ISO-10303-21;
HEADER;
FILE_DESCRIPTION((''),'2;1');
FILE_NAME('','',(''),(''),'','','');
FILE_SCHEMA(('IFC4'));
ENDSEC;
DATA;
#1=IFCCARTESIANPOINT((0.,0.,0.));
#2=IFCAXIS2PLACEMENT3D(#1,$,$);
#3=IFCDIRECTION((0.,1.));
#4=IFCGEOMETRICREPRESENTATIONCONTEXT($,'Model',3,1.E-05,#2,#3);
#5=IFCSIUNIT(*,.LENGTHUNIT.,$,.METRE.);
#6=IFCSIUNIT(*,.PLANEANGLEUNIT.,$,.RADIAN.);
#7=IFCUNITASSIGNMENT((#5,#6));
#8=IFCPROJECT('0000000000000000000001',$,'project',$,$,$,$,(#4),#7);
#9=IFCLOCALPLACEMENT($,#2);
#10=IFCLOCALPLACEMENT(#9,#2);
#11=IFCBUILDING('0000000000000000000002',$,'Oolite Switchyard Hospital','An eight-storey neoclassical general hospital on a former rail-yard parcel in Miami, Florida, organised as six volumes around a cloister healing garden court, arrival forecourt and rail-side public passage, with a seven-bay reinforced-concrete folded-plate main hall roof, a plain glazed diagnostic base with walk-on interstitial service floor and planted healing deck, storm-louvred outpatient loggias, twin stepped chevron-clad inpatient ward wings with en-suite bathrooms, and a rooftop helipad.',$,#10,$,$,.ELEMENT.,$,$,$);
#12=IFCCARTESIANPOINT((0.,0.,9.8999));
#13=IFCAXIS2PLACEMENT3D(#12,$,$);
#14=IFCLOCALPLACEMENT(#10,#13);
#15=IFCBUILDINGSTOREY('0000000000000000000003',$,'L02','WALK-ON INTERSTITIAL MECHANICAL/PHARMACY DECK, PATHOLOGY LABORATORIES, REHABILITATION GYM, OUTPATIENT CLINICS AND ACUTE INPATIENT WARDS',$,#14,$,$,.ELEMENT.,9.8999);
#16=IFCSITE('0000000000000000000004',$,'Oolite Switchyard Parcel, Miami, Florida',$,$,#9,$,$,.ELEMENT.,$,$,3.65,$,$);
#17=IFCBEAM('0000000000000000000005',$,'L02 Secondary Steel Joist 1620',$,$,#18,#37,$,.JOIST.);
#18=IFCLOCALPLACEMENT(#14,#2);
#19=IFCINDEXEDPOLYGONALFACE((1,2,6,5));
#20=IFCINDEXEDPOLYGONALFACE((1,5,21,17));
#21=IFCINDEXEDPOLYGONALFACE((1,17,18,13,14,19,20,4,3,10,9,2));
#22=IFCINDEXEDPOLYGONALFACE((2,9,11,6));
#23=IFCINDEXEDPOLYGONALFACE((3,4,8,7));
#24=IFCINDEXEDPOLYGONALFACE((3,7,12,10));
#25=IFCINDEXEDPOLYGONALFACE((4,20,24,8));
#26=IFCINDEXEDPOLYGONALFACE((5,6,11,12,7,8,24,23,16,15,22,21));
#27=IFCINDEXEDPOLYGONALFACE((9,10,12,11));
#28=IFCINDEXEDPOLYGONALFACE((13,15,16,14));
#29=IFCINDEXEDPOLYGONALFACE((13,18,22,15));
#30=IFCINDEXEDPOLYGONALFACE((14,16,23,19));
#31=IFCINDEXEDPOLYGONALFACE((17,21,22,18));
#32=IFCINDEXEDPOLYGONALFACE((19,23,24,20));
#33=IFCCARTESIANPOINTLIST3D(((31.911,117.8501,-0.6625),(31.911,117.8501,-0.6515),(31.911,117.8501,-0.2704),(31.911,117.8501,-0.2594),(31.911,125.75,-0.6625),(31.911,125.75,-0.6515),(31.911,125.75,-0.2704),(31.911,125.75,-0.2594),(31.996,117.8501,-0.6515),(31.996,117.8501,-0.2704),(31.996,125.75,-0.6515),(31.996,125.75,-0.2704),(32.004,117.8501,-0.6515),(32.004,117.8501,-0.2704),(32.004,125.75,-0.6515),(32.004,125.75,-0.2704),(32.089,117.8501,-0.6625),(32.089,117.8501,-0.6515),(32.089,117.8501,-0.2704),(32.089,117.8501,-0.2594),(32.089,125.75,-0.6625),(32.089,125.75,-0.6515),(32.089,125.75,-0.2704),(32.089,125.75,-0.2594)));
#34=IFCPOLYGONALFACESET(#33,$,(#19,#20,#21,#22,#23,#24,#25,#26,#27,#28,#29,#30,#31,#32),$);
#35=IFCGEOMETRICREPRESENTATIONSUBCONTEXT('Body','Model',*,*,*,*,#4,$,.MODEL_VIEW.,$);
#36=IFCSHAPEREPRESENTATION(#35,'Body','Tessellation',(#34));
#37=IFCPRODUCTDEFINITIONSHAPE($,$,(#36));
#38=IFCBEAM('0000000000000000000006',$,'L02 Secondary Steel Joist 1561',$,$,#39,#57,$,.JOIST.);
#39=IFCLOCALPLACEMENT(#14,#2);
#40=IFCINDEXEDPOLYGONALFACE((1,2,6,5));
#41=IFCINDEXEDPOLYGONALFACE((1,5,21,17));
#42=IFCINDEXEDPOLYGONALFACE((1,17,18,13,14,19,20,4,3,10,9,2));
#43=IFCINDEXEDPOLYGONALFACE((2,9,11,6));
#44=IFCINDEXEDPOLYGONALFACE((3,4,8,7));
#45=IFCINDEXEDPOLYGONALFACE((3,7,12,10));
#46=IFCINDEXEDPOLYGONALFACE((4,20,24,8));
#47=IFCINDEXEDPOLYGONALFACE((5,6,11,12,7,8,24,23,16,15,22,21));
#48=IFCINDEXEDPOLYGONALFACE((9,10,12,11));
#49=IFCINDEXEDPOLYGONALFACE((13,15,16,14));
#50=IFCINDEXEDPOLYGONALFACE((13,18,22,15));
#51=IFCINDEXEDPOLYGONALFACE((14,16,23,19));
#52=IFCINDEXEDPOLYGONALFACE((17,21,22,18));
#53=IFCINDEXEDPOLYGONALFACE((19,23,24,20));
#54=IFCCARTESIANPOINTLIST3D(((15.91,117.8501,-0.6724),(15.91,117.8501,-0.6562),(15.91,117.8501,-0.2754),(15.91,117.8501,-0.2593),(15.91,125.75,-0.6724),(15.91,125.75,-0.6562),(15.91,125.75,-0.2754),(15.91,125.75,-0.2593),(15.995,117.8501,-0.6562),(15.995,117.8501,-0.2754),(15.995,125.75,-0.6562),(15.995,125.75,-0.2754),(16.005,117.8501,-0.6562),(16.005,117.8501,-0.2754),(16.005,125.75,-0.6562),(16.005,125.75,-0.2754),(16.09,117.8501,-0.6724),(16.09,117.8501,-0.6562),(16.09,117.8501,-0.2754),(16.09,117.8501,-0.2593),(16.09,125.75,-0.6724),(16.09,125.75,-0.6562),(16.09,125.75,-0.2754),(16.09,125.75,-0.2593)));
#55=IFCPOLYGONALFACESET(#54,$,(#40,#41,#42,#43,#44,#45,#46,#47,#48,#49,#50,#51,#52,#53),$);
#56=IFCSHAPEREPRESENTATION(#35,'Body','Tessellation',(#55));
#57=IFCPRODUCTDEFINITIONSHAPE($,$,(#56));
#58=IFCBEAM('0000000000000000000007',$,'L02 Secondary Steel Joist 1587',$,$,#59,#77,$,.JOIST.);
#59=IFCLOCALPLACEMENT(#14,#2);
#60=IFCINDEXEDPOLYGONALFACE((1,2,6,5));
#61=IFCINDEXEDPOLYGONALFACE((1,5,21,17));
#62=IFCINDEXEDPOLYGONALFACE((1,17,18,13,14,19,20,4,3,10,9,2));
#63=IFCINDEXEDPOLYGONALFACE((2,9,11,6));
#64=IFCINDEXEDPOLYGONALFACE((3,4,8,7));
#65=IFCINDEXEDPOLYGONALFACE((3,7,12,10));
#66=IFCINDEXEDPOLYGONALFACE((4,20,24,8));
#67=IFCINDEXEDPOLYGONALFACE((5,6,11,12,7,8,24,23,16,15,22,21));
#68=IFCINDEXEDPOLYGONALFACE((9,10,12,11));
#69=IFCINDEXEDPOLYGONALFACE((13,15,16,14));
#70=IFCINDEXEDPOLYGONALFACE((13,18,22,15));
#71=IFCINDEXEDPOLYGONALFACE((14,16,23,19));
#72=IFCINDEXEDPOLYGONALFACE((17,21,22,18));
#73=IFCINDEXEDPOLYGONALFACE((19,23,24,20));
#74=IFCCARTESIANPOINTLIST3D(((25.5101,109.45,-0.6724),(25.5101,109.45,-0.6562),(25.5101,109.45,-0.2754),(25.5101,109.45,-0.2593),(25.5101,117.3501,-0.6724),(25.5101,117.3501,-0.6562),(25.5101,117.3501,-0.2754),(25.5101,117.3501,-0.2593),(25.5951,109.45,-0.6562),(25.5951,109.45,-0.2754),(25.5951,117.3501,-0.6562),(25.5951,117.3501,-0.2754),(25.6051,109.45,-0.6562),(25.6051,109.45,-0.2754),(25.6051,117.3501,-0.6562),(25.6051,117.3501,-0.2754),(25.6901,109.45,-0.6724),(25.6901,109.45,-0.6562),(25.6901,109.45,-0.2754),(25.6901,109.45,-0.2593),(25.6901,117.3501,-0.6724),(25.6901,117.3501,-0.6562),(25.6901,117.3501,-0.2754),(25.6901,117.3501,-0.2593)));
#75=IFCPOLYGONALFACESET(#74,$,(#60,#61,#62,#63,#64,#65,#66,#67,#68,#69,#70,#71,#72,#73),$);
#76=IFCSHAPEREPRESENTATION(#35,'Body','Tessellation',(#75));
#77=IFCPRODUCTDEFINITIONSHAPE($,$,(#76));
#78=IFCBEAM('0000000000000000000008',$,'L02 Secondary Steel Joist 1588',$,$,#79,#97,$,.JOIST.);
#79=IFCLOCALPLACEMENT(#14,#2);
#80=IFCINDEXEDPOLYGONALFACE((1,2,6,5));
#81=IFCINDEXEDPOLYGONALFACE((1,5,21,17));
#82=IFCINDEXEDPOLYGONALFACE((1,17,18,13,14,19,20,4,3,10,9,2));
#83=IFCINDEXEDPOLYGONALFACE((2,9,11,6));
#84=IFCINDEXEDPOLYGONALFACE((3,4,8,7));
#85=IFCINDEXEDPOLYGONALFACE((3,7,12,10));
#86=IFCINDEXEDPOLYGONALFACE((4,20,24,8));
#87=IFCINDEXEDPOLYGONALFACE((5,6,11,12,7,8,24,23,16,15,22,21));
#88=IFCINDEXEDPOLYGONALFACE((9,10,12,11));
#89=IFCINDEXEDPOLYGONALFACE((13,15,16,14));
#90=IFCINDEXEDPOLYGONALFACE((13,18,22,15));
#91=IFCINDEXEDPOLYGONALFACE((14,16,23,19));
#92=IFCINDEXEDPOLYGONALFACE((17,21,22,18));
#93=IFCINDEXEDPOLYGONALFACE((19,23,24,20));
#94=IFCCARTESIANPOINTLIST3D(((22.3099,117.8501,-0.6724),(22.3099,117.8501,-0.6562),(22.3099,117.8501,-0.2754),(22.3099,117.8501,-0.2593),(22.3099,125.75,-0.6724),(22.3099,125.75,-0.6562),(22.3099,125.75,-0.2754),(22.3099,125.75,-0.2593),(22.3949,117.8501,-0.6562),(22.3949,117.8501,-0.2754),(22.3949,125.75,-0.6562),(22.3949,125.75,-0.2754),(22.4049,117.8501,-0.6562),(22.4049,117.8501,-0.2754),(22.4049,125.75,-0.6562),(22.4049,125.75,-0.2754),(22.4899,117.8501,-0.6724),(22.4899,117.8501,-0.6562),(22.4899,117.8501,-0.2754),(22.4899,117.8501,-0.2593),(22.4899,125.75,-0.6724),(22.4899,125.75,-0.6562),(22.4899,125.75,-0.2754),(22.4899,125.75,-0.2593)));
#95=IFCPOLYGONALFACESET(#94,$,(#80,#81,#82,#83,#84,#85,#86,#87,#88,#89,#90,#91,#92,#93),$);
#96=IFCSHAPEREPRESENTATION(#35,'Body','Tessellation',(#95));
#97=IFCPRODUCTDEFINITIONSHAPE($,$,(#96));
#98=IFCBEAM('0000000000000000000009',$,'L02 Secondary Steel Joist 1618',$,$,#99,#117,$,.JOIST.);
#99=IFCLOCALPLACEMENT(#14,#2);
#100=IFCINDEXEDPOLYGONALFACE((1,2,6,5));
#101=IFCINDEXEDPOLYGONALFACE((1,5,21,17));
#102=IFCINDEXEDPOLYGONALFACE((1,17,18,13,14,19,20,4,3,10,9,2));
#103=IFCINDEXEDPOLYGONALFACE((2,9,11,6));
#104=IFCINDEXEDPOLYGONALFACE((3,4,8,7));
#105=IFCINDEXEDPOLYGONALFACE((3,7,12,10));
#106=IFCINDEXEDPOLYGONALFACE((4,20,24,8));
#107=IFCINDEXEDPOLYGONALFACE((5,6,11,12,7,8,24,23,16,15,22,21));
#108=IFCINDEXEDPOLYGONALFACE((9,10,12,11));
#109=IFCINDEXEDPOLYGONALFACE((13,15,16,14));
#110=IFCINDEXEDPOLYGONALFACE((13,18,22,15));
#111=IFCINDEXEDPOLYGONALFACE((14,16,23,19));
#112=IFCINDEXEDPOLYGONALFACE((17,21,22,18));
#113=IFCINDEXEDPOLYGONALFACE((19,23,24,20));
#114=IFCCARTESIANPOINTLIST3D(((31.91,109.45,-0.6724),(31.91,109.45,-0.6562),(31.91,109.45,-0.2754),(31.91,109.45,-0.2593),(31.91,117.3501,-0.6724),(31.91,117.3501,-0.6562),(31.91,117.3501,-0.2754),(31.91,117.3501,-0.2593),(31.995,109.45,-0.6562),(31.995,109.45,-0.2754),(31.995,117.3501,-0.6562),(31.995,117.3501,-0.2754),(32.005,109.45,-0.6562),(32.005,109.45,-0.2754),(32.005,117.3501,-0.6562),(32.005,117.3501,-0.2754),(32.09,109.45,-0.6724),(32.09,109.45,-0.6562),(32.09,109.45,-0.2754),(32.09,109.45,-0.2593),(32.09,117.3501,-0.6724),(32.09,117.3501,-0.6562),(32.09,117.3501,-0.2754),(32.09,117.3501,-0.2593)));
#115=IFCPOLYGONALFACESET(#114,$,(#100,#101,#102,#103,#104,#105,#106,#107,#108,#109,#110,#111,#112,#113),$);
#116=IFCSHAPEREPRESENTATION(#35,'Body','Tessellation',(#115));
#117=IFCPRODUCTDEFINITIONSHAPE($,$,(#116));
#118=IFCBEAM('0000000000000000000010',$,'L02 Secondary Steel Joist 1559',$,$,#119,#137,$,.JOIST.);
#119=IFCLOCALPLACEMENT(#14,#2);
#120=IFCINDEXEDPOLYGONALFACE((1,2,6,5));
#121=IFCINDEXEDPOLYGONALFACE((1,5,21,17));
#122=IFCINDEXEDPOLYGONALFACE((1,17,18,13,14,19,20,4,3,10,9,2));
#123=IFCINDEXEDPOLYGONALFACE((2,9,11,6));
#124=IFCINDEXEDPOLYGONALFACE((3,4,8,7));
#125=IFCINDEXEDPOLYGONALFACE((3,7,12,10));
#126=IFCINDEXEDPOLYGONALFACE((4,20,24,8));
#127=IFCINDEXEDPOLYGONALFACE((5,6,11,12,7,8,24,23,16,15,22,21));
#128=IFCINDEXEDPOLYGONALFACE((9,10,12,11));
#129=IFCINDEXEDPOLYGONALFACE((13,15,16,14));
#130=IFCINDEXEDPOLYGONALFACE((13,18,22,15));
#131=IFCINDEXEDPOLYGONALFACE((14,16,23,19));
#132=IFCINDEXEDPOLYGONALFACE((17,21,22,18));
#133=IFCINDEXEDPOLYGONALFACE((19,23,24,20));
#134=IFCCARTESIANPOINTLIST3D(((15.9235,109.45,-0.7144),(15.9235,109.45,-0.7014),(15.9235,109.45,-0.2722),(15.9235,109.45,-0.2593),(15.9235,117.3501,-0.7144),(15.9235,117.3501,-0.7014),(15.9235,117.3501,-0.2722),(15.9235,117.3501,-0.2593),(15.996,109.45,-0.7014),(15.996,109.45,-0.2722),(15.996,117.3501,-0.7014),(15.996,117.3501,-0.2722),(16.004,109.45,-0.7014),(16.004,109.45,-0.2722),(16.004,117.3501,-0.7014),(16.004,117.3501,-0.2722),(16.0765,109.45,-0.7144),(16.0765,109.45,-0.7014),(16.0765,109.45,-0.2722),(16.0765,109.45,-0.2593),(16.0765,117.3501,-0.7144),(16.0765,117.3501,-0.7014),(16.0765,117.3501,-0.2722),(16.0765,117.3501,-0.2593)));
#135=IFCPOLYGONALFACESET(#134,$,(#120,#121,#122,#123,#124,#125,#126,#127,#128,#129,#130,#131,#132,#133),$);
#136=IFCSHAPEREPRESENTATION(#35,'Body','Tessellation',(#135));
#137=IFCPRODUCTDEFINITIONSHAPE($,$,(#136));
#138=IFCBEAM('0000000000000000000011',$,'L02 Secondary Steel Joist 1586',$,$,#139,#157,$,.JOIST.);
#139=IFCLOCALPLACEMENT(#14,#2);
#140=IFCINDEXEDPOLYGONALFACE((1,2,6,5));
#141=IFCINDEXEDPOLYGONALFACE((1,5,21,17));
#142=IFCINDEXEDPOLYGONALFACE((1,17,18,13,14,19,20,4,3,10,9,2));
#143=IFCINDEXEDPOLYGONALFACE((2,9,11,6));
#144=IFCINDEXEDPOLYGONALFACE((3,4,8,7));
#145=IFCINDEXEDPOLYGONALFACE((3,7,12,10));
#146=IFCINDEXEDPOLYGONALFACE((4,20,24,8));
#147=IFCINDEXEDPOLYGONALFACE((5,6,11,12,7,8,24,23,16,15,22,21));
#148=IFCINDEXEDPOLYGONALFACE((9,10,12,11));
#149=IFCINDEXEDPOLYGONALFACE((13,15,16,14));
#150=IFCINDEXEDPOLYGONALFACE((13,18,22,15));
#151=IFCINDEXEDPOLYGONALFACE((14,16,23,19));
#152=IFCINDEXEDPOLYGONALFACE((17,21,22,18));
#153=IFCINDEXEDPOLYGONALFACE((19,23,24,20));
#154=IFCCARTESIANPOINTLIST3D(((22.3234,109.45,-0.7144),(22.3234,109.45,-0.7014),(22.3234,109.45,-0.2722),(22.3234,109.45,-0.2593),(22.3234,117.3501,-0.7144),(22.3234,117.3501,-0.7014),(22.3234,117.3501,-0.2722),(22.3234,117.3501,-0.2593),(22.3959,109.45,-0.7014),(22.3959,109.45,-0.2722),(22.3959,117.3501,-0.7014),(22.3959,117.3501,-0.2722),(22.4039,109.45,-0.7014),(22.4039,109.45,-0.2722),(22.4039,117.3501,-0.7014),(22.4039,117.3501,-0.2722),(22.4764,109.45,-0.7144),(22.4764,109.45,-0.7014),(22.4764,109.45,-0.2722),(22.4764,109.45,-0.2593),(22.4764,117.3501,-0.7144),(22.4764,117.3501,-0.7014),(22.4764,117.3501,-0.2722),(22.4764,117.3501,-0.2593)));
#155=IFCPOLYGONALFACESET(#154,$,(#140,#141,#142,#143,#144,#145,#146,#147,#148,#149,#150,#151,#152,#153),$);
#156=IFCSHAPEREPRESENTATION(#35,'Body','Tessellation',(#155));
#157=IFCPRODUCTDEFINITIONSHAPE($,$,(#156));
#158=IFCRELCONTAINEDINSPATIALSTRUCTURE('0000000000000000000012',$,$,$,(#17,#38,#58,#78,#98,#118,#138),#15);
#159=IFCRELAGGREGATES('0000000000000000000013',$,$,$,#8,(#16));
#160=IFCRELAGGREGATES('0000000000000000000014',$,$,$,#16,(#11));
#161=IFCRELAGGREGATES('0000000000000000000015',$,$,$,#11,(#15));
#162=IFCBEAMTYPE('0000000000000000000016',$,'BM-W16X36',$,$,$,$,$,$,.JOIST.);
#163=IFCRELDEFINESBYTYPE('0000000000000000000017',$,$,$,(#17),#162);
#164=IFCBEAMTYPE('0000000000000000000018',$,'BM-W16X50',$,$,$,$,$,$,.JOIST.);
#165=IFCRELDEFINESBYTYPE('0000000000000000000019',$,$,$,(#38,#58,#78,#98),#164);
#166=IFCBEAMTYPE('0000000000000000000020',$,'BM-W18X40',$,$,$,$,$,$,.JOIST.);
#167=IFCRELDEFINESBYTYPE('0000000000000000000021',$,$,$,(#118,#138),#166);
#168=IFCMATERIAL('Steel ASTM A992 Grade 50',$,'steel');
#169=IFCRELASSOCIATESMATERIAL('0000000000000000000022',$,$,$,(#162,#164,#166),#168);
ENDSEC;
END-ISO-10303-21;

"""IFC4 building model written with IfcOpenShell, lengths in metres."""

from ifc_helpers import new_model, si_unit, direction, frame, origin, origin_2d, place, context, subcontext, project, spatial, i_section, extrude, material, material_profile, profile_set, type_object, element, save


model = new_model("IFC4")

# Units and contexts
model_context = context("Model", 3, precision=1e-05, world=origin(), true_north=direction((0.0, 1.0)))
body_context = subcontext(model_context, "Body", "Model", "MODEL_VIEW")
ifc_project = project(units=[si_unit("LENGTHUNIT", "METRE"), si_unit("PLANEANGLEUNIT", "RADIAN")], contexts=[model_context])

# Site, building, storey
site_placement = place(None, origin())
site = spatial("IfcSite", under=ifc_project, at=site_placement, Name="Oolite Switchyard Parcel, Miami, Florida", CompositionType="ELEMENT", RefElevation=3.65)
building_placement = place(site_placement, origin())
building = spatial("IfcBuilding", under=site, at=building_placement, Name="Oolite Switchyard Hospital", Description="An eight-storey neoclassical general hospital on a former rail-yard parcel in Miami, Florida, organised as six volumes around a cloister healing garden court, arrival forecourt and rail-side public passage, with a seven-bay reinforced-concrete folded-plate main hall roof, a plain glazed diagnostic base with walk-on interstitial service floor and planted healing deck, storm-louvred outpatient loggias, twin stepped chevron-clad inpatient ward wings with en-suite bathrooms, and a rooftop helipad.", CompositionType="ELEMENT")
storey_placement = place(building_placement, frame((0.0, 0.0, 9.8999)))
storey = spatial("IfcBuildingStorey", under=building, at=storey_placement, Name="L02", Description="WALK-ON INTERSTITIAL MECHANICAL/PHARMACY DECK, PATHOLOGY LABORATORIES, REHABILITATION GYM, OUTPATIENT CLINICS AND ACUTE INPATIENT WARDS", CompositionType="ELEMENT", Elevation=9.8999)

# Beams
ifc_material_1 = material(Name="Steel ASTM A992 Grade 50", Category="steel")
ifc_material_profile_1 = material_profile(ifc_material_1, i_section(OverallWidth=0.178, OverallDepth=0.4031, WebThickness=0.0081, FlangeThickness=0.011, at=origin_2d()), Name="W16X36")
ifc_profile_set_1 = profile_set([ifc_material_profile_1], Name="Steel ASTM A992 Grade 50")
beam_type_1 = type_object("IfcBeamType", Name="BM-W16X36", PredefinedType="JOIST", material=ifc_profile_set_1)
beam_1_placement = place(storey_placement, frame((32.0, 117.8501, -0.4609), z_axis=(0.0, 1.0, 0.0), x_axis=(-1.0, 0.0, 0.0)))
element("IfcBeam", 1, at=beam_1_placement, inside=storey, type_object=beam_type_1, Name="L02 Secondary Steel Joist 1620", PredefinedType="JOIST", context=body_context, shape_type="SweptSolid", body=[
    extrude(i_section(OverallWidth=0.178, OverallDepth=0.4031, WebThickness=0.0081, FlangeThickness=0.011, at=origin_2d()), origin(), (0.0, 0.0, 1.0), 7.8999),
])
ifc_material_profile_2 = material_profile(ifc_material_1, i_section(OverallWidth=0.1799, OverallDepth=0.4131, WebThickness=0.01, FlangeThickness=0.0161, at=origin_2d()), Name="W16X50")
ifc_profile_set_2 = profile_set([ifc_material_profile_2], Name="Steel ASTM A992 Grade 50")
beam_type_2 = type_object("IfcBeamType", Name="BM-W16X50", PredefinedType="JOIST", material=ifc_profile_set_2)
beam_2_placement = place(storey_placement, frame((16.0, 117.8501, -0.4658), z_axis=(0.0, 1.0, 0.0), x_axis=(-1.0, 0.0, 0.0)))
element("IfcBeam", 2, at=beam_2_placement, inside=storey, type_object=beam_type_2, Name="L02 Secondary Steel Joist 1561", PredefinedType="JOIST", context=body_context, shape_type="SweptSolid", body=[
    extrude(i_section(OverallWidth=0.1799, OverallDepth=0.4131, WebThickness=0.01, FlangeThickness=0.0161, at=origin_2d()), origin(), (0.0, 0.0, 1.0), 7.8999),
])
beam_3_placement = place(storey_placement, frame((25.6001, 109.45, -0.4658), z_axis=(0.0, 1.0, 0.0), x_axis=(-1.0, 0.0, 0.0)))
element("IfcBeam", 3, at=beam_3_placement, inside=storey, type_object=beam_type_2, Name="L02 Secondary Steel Joist 1587", PredefinedType="JOIST", context=body_context, shape_type="SweptSolid", body=[
    extrude(i_section(OverallWidth=0.1799, OverallDepth=0.4131, WebThickness=0.01, FlangeThickness=0.0161, at=origin_2d()), origin(), (0.0, 0.0, 1.0), 7.9001),
])
beam_4_placement = place(storey_placement, frame((22.3999, 117.8501, -0.4658), z_axis=(0.0, 1.0, 0.0), x_axis=(-1.0, 0.0, 0.0)))
element("IfcBeam", 4, at=beam_4_placement, inside=storey, type_object=beam_type_2, Name="L02 Secondary Steel Joist 1588", PredefinedType="JOIST", context=body_context, shape_type="SweptSolid", body=[
    extrude(i_section(OverallWidth=0.1799, OverallDepth=0.4131, WebThickness=0.01, FlangeThickness=0.0161, at=origin_2d()), origin(), (0.0, 0.0, 1.0), 7.8999),
])
beam_5_placement = place(storey_placement, frame((32.0, 109.45, -0.4658), z_axis=(0.0, 1.0, 0.0), x_axis=(-1.0, 0.0, 0.0)))
element("IfcBeam", 5, at=beam_5_placement, inside=storey, type_object=beam_type_2, Name="L02 Secondary Steel Joist 1618", PredefinedType="JOIST", context=body_context, shape_type="SweptSolid", body=[
    extrude(i_section(OverallWidth=0.1799, OverallDepth=0.4131, WebThickness=0.01, FlangeThickness=0.0161, at=origin_2d()), origin(), (0.0, 0.0, 1.0), 7.9001),
])
ifc_material_profile_3 = material_profile(ifc_material_1, i_section(OverallWidth=0.1531, OverallDepth=0.4551, WebThickness=0.0081, FlangeThickness=0.0129, at=origin_2d()), Name="W18X40")
ifc_profile_set_3 = profile_set([ifc_material_profile_3], Name="Steel ASTM A992 Grade 50")
beam_type_3 = type_object("IfcBeamType", Name="BM-W18X40", PredefinedType="JOIST", material=ifc_profile_set_3)
for number, where, z_axis, x_axis, name in (
    (6, (16.0, 109.45, -0.4868), (0.0, 1.0, 0.0), (-1.0, 0.0, 0.0), "L02 Secondary Steel Joist 1559"),
    (7, (22.3999, 109.45, -0.4868), (0.0, 1.0, 0.0), (-1.0, 0.0, 0.0), "L02 Secondary Steel Joist 1586"),
):
    element("IfcBeam", number, at=place(storey_placement, frame(where, z_axis=z_axis, x_axis=x_axis)), inside=storey, type_object=beam_type_3, Name=name, PredefinedType="JOIST", context=body_context, shape_type="SweptSolid", body=[
        extrude(i_section(OverallWidth=0.1531, OverallDepth=0.4551, WebThickness=0.0081, FlangeThickness=0.0129, at=origin_2d()), origin(), (0.0, 0.0, 1.0), 7.9001),
    ])

save(model, "model.ifc")
